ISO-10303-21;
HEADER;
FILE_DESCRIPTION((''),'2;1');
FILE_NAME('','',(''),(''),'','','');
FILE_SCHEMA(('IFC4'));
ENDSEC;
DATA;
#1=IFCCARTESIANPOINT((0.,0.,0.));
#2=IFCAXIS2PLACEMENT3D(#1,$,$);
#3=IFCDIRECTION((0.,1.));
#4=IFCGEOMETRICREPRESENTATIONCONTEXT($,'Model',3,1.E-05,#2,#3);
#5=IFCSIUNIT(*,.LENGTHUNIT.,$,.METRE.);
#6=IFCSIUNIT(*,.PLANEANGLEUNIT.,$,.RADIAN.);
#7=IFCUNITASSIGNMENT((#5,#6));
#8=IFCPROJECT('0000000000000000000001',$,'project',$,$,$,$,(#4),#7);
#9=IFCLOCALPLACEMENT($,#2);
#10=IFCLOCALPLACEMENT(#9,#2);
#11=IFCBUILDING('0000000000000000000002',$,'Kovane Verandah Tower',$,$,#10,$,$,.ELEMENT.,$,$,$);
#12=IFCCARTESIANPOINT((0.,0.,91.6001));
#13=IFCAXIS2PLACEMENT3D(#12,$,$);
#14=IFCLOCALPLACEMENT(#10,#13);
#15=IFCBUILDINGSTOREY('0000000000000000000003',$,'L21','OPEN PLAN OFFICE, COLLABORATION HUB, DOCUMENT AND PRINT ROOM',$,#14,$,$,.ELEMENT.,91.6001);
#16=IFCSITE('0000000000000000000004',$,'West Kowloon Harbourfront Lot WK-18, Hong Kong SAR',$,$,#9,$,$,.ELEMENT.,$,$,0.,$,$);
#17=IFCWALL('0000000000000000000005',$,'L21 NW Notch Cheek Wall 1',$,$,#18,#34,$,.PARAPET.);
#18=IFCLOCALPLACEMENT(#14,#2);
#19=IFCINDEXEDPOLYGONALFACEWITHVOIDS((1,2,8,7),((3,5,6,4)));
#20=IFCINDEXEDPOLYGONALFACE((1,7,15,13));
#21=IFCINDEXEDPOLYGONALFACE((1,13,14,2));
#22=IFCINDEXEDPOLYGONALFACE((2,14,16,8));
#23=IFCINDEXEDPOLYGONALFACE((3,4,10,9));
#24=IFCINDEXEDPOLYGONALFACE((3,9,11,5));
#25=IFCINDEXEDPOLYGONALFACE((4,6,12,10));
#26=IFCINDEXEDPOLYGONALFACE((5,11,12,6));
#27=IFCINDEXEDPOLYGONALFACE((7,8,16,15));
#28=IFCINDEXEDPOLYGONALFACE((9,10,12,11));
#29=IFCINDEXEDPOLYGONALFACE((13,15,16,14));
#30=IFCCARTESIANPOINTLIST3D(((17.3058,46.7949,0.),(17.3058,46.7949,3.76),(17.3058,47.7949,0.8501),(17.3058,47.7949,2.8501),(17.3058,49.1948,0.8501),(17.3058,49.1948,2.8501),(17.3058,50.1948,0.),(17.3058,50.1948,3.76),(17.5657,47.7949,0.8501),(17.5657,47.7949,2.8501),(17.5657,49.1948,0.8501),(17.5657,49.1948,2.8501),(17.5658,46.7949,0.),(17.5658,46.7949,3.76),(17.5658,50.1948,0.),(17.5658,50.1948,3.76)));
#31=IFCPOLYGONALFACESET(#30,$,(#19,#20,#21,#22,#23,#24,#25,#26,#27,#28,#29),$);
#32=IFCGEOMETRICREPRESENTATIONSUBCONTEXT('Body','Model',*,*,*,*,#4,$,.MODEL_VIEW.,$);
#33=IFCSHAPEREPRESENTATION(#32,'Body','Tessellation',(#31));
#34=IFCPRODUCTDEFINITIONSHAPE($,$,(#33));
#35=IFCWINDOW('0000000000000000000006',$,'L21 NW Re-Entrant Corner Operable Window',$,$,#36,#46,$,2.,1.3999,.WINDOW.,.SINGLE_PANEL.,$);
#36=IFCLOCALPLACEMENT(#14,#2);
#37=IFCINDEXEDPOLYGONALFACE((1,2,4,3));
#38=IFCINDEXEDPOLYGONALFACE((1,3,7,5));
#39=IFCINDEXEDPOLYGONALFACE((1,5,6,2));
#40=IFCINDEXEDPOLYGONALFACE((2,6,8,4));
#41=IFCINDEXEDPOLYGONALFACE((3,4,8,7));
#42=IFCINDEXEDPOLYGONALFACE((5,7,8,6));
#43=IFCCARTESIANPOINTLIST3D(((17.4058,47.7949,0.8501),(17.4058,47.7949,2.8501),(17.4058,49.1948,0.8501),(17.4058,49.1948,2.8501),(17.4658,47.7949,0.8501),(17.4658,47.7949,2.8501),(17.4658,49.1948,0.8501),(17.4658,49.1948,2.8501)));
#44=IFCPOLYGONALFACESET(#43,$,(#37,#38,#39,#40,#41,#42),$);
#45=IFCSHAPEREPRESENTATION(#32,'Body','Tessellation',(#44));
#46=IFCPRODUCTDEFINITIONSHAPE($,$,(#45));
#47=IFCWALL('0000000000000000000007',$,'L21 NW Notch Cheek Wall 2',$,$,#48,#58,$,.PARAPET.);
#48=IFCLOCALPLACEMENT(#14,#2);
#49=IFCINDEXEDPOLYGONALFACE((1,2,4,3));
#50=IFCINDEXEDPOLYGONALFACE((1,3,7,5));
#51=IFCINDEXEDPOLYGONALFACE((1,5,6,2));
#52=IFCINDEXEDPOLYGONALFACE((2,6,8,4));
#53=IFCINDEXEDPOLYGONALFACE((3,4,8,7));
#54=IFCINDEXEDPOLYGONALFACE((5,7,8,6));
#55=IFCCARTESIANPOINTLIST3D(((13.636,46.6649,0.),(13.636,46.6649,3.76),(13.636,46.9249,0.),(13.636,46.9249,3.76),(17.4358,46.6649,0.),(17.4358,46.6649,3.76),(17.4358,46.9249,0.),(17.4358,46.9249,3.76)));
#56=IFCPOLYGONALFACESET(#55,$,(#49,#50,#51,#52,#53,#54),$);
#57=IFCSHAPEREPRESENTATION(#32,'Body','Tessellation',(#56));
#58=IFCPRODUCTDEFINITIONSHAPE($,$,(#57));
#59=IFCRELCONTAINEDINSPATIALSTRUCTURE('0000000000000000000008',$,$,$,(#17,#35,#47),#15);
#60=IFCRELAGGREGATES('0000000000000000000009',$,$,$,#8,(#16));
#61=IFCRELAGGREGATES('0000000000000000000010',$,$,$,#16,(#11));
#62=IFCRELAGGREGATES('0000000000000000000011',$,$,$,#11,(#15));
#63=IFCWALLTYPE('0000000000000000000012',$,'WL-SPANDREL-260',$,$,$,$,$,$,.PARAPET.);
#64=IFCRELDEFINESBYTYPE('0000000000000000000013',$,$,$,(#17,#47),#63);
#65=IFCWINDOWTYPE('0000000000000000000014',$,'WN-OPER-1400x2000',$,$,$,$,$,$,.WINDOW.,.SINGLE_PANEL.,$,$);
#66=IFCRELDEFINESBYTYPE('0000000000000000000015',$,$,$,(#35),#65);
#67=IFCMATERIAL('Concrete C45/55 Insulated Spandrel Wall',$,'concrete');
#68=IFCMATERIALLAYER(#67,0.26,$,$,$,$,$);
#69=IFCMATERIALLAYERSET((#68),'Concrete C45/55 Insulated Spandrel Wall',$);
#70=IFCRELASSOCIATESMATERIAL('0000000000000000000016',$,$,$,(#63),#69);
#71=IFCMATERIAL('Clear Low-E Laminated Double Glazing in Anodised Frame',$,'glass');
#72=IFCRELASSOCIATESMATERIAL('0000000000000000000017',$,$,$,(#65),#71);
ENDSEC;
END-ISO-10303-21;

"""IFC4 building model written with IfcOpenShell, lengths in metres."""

from ifc_helpers import new_model, si_unit, direction, frame, frame_2d, origin, place, context, subcontext, project, spatial, rectangle, extrude, material, layer, layer_set, type_object, element, fill, save


model = new_model("IFC4")

# Units and contexts
model_context = context("Model", 3, precision=1e-05, world=origin(), true_north=direction((0.0, 1.0)))
body_context = subcontext(model_context, "Body", "Model", "MODEL_VIEW")
ifc_project = project(units=[si_unit("LENGTHUNIT", "METRE"), si_unit("PLANEANGLEUNIT", "RADIAN")], contexts=[model_context])

# Site, building, storey
site_placement = place(None, origin())
site = spatial("IfcSite", under=ifc_project, at=site_placement, Name="West Kowloon Harbourfront Lot WK-18, Hong Kong SAR", CompositionType="ELEMENT", RefElevation=0.0)
building_placement = place(site_placement, origin())
building = spatial("IfcBuilding", under=site, at=building_placement, Name="Kovane Verandah Tower", CompositionType="ELEMENT")
storey_placement = place(building_placement, frame((0.0, 0.0, 91.6001)))
storey = spatial("IfcBuildingStorey", under=building, at=storey_placement, Name="L21", Description="OPEN PLAN OFFICE, COLLABORATION HUB, DOCUMENT AND PRINT ROOM", CompositionType="ELEMENT", Elevation=91.6001)

# Wall, opening, window
ifc_material_1 = material(Name="Concrete C45/55 Insulated Spandrel Wall", Category="concrete")
ifc_layer_1 = layer(ifc_material_1, 0.26)
ifc_layer_set_1 = layer_set([ifc_layer_1], Name="Concrete C45/55 Insulated Spandrel Wall")
wall_type = type_object("IfcWallType", Name="WL-SPANDREL-260", PredefinedType="PARAPET", material=ifc_layer_set_1)
wall_1_placement = place(storey_placement, frame((17.4358, 50.1948, 0.0), z_axis=(0.0, 0.0, 1.0), x_axis=(0.0, -1.0, 0.0)))
wall_1 = element("IfcWall", 1, at=wall_1_placement, inside=storey, type_object=wall_type, Name="L21 NW Notch Cheek Wall 1", PredefinedType="PARAPET", context=body_context, shape_type="SweptSolid", body=[
    extrude(rectangle(XDim=3.3999, YDim=0.26, at=frame_2d((1.7, 0.0))), origin(), (0.0, 0.0, 1.0), 3.76),
])
opening_placement = place(wall_1_placement, frame((1.0, 0.0, 0.8501)))
opening = element("IfcOpeningElement", 2, at=opening_placement, cuts=wall_1, PredefinedType="OPENING", context=body_context, shape_type="SweptSolid", body=[
    extrude(rectangle(XDim=1.3999, YDim=2.0, at=frame_2d((0.7, 1.0))), frame((0.0, 0.1299, 0.0), z_axis=(0.0, -1.0, 0.0), x_axis=(1.0, 0.0, 0.0)), (0.0, 0.0, 1.0), 0.26),
])
ifc_material_2 = material(Name="Clear Low-E Laminated Double Glazing in Anodised Frame", Category="glass")
window_type = type_object("IfcWindowType", Name="WN-OPER-1400x2000", PartitioningType="SINGLE_PANEL", PredefinedType="WINDOW", material=ifc_material_2)
window_placement = place(opening_placement, origin())
window = element("IfcWindow", 3, at=window_placement, inside=storey, type_object=window_type, Name="L21 NW Re-Entrant Corner Operable Window", OverallHeight=2.0, OverallWidth=1.3999, PartitioningType="SINGLE_PANEL", PredefinedType="WINDOW", context=body_context, shape_type="SweptSolid", body=[
    extrude(rectangle(XDim=1.3999, YDim=2.0, at=frame_2d((0.7, 1.0))), frame((0.0, 0.03, 0.0), z_axis=(0.0, -1.0, 0.0), x_axis=(1.0, 0.0, 0.0)), (0.0, 0.0, 1.0), 0.0601),
])
fill(opening, window)

# Wall
wall_2_placement = place(storey_placement, frame((17.4358, 46.7949, 0.0), z_axis=(0.0, 0.0, 1.0), x_axis=(-1.0, 0.0, 0.0)))
element("IfcWall", 4, at=wall_2_placement, inside=storey, type_object=wall_type, Name="L21 NW Notch Cheek Wall 2", PredefinedType="PARAPET", context=body_context, shape_type="SweptSolid", body=[
    extrude(rectangle(XDim=3.7998, YDim=0.26, at=frame_2d((1.8999, 0.0))), origin(), (0.0, 0.0, 1.0), 3.76),
])

save(model, "model.ifc")
